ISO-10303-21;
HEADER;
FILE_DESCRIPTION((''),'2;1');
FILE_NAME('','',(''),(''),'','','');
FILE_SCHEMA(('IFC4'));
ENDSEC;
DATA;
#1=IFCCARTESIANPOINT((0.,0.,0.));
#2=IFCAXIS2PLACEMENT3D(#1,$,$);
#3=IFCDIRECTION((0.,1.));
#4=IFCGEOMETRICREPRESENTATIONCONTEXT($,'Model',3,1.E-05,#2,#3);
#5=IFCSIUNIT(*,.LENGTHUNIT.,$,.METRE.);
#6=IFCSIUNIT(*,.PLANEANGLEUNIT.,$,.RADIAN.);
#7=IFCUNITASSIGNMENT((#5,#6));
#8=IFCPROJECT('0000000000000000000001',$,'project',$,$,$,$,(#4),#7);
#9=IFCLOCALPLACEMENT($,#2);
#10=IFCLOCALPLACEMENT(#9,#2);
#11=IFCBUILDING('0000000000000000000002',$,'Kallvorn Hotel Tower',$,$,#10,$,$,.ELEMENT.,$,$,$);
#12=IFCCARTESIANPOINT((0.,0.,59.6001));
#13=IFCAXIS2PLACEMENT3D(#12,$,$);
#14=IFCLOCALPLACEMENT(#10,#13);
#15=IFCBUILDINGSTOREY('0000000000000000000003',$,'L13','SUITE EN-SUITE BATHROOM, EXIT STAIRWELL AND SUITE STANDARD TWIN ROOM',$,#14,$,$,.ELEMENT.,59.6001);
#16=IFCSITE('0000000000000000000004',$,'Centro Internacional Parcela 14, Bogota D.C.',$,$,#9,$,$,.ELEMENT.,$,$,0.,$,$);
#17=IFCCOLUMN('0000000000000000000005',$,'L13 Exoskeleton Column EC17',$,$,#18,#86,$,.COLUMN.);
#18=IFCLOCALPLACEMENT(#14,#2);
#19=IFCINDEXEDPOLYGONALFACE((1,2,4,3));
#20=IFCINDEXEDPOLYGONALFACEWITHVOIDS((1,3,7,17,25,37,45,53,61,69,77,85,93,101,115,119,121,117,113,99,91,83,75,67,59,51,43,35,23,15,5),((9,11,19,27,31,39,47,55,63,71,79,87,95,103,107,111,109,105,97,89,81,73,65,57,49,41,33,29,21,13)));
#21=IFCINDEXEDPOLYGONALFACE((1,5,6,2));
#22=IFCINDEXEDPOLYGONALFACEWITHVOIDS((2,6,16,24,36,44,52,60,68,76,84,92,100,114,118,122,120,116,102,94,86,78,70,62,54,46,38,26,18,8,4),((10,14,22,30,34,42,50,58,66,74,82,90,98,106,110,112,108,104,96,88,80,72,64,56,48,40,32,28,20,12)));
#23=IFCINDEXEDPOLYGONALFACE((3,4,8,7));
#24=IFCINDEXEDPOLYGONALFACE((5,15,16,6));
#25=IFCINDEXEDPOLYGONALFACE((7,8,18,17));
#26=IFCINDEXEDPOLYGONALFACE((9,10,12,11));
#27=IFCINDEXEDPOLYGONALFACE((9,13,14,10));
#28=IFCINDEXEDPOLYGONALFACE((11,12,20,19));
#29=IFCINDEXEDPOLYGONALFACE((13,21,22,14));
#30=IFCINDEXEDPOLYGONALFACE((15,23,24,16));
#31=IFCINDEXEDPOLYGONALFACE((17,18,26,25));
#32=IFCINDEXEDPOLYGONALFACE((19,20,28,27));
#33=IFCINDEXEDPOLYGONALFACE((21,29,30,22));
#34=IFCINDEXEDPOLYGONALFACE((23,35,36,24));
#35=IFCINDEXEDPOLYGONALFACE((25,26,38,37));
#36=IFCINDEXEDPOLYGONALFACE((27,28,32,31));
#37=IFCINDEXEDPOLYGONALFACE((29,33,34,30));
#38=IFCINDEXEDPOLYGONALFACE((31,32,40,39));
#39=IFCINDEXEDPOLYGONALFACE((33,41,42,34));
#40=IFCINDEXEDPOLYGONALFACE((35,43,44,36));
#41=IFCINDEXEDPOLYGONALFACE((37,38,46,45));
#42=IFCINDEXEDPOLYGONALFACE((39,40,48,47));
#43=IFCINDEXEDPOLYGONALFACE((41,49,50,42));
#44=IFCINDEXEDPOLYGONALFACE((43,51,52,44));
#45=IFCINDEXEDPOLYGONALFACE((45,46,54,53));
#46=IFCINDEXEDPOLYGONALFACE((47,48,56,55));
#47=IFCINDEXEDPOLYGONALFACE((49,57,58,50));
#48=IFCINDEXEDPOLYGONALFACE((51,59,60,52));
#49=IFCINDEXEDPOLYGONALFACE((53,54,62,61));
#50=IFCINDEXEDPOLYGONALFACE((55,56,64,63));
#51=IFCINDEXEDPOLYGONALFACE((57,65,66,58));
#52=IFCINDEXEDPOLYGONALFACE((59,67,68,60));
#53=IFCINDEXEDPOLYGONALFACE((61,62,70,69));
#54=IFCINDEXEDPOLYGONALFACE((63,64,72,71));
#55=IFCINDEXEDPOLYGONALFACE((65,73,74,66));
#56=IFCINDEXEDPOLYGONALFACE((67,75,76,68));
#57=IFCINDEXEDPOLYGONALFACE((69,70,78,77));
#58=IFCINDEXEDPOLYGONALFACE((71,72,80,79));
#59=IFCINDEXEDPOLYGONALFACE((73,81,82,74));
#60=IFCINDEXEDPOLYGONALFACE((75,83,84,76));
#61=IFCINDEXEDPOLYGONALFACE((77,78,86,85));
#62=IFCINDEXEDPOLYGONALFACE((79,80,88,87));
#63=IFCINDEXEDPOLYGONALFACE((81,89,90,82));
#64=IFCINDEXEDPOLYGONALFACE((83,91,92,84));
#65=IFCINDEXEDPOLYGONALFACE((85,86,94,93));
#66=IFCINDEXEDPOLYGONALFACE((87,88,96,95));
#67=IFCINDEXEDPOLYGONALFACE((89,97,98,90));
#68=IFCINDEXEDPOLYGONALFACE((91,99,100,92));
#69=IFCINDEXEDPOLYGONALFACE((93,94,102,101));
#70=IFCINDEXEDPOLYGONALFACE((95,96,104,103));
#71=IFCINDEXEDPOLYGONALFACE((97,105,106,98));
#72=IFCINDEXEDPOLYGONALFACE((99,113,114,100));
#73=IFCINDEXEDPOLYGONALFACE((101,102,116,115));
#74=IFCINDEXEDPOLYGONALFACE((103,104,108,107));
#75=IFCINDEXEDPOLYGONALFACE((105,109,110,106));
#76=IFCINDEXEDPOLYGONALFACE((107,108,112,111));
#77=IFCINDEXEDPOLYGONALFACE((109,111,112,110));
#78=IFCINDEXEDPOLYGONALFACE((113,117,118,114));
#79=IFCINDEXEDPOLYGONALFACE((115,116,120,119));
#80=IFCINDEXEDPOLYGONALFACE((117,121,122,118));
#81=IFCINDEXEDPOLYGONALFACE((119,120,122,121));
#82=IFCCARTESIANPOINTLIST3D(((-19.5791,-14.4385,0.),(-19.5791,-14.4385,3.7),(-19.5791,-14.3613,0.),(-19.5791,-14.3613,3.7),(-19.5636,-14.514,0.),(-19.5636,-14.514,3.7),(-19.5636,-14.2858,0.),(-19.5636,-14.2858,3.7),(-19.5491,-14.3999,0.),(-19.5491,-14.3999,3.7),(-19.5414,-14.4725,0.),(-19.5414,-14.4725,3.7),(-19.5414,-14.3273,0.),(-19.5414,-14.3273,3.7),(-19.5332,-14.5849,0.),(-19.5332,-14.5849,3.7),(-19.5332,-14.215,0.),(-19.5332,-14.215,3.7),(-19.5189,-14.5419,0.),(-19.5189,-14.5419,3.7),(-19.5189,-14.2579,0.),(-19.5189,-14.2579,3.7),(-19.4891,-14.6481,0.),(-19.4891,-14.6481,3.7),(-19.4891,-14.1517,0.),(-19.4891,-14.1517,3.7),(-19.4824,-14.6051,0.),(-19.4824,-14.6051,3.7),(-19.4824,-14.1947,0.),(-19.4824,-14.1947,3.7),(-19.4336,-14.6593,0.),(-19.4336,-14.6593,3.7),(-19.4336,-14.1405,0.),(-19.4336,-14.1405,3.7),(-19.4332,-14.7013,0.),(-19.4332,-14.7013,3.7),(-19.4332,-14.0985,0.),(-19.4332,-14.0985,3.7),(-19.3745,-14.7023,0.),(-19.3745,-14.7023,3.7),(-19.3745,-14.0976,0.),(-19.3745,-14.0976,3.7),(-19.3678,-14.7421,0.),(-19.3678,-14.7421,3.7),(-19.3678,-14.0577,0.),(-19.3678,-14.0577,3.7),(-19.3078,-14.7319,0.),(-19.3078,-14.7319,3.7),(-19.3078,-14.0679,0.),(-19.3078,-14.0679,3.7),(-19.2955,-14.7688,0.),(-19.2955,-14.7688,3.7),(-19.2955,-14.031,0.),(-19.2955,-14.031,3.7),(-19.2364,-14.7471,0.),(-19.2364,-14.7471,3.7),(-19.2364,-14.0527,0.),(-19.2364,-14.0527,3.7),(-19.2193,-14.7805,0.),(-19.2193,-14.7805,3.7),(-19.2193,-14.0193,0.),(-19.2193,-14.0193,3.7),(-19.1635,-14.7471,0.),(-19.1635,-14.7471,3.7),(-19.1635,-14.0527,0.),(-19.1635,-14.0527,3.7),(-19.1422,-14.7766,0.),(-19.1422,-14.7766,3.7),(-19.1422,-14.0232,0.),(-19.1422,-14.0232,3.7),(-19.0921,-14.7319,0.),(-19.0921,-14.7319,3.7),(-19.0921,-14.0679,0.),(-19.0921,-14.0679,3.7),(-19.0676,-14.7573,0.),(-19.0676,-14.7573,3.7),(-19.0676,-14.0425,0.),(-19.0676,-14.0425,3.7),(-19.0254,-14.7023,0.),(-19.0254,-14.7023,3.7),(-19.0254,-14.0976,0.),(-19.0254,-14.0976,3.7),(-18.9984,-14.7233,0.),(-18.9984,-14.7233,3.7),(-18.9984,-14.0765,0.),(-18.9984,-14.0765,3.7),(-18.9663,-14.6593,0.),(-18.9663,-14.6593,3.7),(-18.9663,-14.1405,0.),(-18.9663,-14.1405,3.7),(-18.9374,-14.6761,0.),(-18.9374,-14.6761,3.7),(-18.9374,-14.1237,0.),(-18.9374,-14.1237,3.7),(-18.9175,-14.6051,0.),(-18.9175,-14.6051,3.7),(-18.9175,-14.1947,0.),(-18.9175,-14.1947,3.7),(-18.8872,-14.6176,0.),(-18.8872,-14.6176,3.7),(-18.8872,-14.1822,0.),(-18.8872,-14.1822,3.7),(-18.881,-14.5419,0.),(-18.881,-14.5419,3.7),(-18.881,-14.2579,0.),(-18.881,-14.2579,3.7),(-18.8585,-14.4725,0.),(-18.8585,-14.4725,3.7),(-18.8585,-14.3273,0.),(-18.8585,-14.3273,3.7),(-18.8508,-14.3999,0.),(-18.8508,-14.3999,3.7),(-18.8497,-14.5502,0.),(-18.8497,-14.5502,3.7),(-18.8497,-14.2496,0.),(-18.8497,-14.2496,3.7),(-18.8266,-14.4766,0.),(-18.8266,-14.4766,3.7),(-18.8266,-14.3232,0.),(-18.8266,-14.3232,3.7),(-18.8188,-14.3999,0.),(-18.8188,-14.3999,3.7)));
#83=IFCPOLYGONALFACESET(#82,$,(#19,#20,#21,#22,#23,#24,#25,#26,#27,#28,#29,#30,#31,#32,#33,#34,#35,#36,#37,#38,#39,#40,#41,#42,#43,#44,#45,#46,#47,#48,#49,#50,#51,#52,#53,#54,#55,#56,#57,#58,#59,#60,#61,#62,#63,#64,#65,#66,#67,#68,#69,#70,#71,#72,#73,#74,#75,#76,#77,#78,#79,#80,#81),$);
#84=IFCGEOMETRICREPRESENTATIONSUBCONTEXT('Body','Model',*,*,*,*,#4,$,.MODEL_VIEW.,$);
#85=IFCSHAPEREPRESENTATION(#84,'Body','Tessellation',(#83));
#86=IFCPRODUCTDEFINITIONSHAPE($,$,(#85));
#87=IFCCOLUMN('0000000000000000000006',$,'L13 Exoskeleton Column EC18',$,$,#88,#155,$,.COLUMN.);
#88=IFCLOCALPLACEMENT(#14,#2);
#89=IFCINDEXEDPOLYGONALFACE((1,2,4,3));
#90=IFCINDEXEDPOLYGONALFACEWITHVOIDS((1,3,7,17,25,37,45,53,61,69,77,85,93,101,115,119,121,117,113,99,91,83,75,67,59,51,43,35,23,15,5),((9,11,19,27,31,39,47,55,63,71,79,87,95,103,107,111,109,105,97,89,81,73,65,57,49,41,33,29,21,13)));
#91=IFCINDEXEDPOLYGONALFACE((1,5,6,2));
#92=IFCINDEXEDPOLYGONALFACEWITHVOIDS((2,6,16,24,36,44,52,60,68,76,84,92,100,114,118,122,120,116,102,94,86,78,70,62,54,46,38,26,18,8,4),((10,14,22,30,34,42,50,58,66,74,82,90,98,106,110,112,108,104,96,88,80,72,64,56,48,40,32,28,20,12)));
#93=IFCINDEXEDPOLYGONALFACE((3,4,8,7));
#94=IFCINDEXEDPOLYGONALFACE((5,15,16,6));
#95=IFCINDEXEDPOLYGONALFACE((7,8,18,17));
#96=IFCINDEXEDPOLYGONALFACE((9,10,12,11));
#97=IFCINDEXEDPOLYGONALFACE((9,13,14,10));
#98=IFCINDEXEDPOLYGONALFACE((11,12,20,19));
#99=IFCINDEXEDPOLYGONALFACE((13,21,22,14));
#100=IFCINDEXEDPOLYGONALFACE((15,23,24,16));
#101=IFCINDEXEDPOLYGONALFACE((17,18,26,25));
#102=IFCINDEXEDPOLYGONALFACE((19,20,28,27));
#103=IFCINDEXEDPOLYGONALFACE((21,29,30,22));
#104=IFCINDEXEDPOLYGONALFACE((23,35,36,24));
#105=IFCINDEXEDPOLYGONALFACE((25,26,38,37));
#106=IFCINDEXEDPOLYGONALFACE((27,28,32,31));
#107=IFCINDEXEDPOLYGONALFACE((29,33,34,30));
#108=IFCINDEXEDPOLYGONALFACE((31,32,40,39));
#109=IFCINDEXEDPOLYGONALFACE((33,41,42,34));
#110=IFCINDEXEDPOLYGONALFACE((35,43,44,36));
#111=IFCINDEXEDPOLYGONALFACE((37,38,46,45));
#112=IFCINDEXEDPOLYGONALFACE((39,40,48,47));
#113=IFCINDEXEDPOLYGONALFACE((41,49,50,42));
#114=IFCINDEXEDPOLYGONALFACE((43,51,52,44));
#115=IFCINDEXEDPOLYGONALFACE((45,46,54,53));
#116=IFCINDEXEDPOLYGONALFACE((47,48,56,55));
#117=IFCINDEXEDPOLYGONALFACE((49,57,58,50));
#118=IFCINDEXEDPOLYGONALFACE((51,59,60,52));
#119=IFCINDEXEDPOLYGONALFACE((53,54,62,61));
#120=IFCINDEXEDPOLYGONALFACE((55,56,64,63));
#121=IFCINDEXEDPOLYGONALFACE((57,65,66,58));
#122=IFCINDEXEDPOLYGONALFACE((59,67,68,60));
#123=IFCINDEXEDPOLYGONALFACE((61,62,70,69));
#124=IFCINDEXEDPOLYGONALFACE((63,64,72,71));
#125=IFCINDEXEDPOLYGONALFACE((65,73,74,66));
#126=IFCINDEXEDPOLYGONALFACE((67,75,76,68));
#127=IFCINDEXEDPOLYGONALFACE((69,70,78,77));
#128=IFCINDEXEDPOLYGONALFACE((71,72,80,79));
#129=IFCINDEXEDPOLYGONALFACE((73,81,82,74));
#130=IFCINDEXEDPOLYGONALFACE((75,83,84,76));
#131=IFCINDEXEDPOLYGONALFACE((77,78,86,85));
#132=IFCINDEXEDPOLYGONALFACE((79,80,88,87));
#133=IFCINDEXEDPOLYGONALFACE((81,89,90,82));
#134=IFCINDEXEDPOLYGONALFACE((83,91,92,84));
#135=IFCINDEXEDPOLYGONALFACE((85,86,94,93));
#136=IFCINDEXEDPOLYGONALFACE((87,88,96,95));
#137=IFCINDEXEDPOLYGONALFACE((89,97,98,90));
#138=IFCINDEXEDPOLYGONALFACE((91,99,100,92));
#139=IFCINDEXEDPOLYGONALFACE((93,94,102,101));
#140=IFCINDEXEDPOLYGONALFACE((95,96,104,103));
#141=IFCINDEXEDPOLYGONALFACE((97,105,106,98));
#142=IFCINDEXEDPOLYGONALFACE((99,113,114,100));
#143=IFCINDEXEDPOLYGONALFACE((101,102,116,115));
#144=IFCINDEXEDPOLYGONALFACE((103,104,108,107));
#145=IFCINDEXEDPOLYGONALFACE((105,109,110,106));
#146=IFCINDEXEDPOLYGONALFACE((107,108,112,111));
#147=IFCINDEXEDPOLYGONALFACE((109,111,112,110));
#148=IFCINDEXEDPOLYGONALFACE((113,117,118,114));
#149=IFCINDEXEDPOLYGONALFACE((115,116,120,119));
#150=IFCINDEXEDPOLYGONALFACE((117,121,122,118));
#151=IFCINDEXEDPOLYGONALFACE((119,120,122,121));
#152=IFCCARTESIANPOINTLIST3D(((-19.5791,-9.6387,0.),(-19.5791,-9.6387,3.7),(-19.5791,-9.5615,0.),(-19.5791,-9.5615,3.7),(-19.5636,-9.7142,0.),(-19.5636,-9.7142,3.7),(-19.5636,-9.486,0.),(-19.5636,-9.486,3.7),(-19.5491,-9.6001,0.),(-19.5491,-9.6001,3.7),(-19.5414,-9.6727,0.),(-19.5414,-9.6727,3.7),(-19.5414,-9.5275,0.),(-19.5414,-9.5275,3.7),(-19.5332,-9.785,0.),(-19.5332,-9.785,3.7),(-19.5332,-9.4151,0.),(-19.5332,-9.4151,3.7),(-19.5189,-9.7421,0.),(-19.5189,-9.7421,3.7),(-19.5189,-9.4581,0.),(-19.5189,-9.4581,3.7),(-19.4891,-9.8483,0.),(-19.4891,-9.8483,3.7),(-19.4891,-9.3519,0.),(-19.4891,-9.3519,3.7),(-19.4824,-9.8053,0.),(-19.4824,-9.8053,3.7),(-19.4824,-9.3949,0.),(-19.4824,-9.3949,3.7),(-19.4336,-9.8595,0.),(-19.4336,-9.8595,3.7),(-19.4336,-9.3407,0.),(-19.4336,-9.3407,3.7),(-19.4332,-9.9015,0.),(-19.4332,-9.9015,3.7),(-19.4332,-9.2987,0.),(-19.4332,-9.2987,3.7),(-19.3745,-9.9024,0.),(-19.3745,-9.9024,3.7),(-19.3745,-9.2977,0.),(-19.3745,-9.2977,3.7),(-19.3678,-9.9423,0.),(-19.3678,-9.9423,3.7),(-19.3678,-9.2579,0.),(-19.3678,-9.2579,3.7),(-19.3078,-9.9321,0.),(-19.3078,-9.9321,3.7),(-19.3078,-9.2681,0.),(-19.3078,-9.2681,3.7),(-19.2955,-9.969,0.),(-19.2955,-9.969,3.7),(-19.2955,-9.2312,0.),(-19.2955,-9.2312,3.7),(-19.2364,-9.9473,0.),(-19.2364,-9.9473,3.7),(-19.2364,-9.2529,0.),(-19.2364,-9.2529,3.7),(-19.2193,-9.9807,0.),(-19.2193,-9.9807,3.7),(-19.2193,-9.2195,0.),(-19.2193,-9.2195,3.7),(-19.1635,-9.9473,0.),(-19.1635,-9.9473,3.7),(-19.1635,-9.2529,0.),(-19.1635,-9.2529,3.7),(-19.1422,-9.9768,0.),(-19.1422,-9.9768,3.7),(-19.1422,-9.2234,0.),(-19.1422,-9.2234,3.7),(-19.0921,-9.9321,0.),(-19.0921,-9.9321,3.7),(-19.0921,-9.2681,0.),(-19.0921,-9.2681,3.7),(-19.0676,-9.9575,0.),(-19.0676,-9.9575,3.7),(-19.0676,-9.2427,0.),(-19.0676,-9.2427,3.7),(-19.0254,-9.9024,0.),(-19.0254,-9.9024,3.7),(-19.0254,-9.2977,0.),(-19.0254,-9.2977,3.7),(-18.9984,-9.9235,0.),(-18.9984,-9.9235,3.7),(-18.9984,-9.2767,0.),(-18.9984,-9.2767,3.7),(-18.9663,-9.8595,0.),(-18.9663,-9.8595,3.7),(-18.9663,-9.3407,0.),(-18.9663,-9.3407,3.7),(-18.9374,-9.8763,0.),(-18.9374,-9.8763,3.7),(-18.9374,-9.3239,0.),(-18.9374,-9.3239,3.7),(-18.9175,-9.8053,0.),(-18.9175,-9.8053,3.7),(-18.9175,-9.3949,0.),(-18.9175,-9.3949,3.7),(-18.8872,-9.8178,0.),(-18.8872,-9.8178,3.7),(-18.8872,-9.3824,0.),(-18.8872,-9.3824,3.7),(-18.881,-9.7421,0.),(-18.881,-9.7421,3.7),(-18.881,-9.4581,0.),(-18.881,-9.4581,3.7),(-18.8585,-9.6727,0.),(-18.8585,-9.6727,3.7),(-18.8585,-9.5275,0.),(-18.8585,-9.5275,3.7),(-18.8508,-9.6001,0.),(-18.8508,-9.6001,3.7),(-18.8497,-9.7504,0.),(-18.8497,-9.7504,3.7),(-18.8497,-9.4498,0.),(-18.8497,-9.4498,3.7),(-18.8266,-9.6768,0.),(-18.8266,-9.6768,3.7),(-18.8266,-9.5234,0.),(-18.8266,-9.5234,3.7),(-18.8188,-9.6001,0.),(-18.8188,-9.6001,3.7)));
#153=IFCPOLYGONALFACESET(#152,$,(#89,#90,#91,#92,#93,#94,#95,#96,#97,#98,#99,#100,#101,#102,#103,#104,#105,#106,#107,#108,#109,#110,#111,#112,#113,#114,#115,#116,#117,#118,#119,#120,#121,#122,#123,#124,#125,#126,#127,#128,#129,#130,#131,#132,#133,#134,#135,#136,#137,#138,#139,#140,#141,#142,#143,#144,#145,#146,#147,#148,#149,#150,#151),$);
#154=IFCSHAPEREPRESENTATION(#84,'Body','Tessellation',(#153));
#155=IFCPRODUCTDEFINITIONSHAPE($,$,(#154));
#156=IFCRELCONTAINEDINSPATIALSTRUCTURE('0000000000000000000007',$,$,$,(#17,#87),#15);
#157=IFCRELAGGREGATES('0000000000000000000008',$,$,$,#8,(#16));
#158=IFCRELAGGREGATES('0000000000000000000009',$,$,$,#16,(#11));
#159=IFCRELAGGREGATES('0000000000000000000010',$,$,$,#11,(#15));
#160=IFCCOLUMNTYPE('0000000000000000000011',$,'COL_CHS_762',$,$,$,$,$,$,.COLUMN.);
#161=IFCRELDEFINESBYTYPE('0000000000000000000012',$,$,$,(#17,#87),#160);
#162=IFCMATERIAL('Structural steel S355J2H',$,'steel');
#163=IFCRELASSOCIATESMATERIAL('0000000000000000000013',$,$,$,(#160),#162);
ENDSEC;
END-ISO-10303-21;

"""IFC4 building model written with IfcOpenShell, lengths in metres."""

from ifc_helpers import new_model, si_unit, direction, frame, origin, origin_2d, place, context, subcontext, project, spatial, hollow_circle, extrude, material, material_profile, profile_set, type_object, element, save


model = new_model("IFC4")

# Units and contexts
model_context = context("Model", 3, precision=1e-05, world=origin(), true_north=direction((0.0, 1.0)))
body_context = subcontext(model_context, "Body", "Model", "MODEL_VIEW")
ifc_project = project(units=[si_unit("LENGTHUNIT", "METRE"), si_unit("PLANEANGLEUNIT", "RADIAN")], contexts=[model_context])

# Site, building, storey
site_placement = place(None, origin())
site = spatial("IfcSite", under=ifc_project, at=site_placement, Name="Centro Internacional Parcela 14, Bogota D.C.", CompositionType="ELEMENT", RefElevation=0.0)
building_placement = place(site_placement, origin())
building = spatial("IfcBuilding", under=site, at=building_placement, Name="Kallvorn Hotel Tower", CompositionType="ELEMENT")
storey_placement = place(building_placement, frame((0.0, 0.0, 59.6001)))
storey = spatial("IfcBuildingStorey", under=building, at=storey_placement, Name="L13", Description="SUITE EN-SUITE BATHROOM, EXIT STAIRWELL AND SUITE STANDARD TWIN ROOM", CompositionType="ELEMENT", Elevation=59.6001)

# Columns
ifc_material_1 = material(Name="Structural steel S355J2H", Category="steel")
ifc_material_profile_1 = material_profile(ifc_material_1, hollow_circle(Radius=0.3811, WallThickness=0.032, at=origin_2d()), Name="CHS 762x32")
ifc_profile_set_1 = profile_set([ifc_material_profile_1], Name="Structural steel S355J2H")
column_type_1 = type_object("IfcColumnType", Name="COL_CHS_762", PredefinedType="COLUMN", material=ifc_profile_set_1)
for number, where, z_axis, x_axis, name in (
    (1, (-19.2, -14.3999, 0.0), (0.0, 0.0, 1.0), (1.0, 0.0, 0.0), "L13 Exoskeleton Column EC17"),
    (2, (-19.2, -9.6001, 0.0), (0.0, 0.0, 1.0), (1.0, 0.0, 0.0), "L13 Exoskeleton Column EC18"),
):
    element("IfcColumn", number, at=place(storey_placement, frame(where, z_axis=z_axis, x_axis=x_axis)), inside=storey, type_object=column_type_1, Name=name, PredefinedType="COLUMN", context=body_context, shape_type="SweptSolid", body=[
        extrude(hollow_circle(Radius=0.3811, WallThickness=0.032, at=origin_2d()), origin(), (0.0, 0.0, 1.0), 3.7),
    ])

save(model, "model.ifc")
